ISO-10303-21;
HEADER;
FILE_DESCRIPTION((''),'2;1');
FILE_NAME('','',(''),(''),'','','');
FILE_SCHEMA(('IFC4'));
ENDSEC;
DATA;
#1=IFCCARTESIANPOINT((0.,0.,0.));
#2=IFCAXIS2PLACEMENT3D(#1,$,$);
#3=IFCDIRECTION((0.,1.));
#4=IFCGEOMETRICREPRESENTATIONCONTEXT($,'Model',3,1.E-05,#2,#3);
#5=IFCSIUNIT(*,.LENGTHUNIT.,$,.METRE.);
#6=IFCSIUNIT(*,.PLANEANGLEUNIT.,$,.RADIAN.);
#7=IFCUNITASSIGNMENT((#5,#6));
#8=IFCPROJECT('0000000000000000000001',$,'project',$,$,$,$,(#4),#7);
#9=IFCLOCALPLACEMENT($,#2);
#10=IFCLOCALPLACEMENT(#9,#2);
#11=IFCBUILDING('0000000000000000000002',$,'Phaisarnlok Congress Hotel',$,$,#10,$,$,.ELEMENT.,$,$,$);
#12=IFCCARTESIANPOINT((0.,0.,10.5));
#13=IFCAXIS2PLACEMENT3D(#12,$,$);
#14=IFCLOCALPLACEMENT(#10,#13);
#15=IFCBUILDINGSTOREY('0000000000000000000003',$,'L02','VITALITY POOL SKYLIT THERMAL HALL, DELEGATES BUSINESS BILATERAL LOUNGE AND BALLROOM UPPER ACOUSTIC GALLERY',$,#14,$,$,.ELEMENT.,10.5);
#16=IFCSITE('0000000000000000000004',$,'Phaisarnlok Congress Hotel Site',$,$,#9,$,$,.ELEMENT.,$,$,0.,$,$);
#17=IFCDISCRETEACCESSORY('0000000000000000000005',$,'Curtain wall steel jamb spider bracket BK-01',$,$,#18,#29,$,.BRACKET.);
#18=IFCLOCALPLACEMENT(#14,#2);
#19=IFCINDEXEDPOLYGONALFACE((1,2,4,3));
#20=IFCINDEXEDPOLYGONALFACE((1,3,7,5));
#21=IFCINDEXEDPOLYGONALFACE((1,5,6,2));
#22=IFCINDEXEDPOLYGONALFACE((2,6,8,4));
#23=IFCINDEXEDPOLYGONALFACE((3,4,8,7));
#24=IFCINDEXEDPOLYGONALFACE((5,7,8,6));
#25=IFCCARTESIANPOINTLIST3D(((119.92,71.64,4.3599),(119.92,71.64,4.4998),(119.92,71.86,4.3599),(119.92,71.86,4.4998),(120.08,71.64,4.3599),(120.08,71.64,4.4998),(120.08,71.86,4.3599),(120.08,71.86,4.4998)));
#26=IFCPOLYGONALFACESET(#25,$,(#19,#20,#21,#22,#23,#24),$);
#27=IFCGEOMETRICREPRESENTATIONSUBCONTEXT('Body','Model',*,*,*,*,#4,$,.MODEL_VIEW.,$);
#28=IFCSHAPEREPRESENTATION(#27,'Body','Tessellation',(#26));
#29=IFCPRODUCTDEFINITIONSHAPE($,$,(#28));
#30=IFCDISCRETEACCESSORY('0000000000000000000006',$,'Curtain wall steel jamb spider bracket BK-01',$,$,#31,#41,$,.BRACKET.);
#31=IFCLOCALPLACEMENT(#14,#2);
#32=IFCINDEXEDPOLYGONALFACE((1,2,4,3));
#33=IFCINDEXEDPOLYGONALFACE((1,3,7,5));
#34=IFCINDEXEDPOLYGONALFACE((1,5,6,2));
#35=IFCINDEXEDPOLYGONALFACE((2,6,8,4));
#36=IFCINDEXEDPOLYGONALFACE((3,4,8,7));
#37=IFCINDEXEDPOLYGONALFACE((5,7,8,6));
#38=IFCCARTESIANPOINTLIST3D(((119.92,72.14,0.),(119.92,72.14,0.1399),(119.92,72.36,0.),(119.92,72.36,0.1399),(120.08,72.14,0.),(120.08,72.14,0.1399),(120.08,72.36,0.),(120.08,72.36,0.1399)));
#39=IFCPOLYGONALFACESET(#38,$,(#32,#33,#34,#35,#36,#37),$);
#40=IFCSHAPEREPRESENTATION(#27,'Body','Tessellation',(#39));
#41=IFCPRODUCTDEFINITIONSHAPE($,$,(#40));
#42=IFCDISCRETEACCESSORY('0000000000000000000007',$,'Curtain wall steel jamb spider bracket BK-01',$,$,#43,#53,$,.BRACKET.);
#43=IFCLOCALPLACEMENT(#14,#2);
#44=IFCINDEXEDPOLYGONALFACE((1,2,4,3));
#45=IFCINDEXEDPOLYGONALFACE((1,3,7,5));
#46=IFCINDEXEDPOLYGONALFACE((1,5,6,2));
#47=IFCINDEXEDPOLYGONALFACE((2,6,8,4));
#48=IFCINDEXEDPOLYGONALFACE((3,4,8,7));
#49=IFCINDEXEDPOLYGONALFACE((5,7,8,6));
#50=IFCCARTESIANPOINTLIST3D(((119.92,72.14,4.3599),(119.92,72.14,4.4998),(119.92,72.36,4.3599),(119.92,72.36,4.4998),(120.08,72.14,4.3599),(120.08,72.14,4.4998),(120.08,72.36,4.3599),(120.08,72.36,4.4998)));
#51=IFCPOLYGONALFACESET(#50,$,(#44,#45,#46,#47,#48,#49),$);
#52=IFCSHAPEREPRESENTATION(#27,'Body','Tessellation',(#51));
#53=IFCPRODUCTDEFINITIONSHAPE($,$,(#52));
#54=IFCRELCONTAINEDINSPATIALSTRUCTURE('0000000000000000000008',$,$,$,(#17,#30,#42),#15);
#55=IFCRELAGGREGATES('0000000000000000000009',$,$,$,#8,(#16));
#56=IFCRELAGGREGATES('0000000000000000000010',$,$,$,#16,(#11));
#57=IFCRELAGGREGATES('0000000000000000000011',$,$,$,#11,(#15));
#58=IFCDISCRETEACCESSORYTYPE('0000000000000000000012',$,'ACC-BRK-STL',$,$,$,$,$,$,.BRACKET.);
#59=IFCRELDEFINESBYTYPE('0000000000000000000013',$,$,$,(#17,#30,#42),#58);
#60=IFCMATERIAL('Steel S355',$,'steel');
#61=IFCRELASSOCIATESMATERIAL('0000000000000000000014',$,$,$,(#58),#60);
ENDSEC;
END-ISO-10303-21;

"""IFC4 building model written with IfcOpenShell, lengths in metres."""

from ifc_helpers import new_model, si_unit, direction, frame, origin, origin_2d, place, context, subcontext, project, spatial, rectangle, extrude, material, type_object, element, save


model = new_model("IFC4")

# Units and contexts
model_context = context("Model", 3, precision=1e-05, world=origin(), true_north=direction((0.0, 1.0)))
body_context = subcontext(model_context, "Body", "Model", "MODEL_VIEW")
ifc_project = project(units=[si_unit("LENGTHUNIT", "METRE"), si_unit("PLANEANGLEUNIT", "RADIAN")], contexts=[model_context])

# Site, building, storey
site_placement = place(None, origin())
site = spatial("IfcSite", under=ifc_project, at=site_placement, Name="Phaisarnlok Congress Hotel Site", CompositionType="ELEMENT", RefElevation=0.0)
building_placement = place(site_placement, origin())
building = spatial("IfcBuilding", under=site, at=building_placement, Name="Phaisarnlok Congress Hotel", CompositionType="ELEMENT")
storey_placement = place(building_placement, frame((0.0, 0.0, 10.5)))
storey = spatial("IfcBuildingStorey", under=building, at=storey_placement, Name="L02", Description="VITALITY POOL SKYLIT THERMAL HALL, DELEGATES BUSINESS BILATERAL LOUNGE AND BALLROOM UPPER ACOUSTIC GALLERY", CompositionType="ELEMENT", Elevation=10.5)

# Shared definitions
ifc_material_1 = material(Name="Steel S355", Category="steel")

# Discrete accessories
discrete_accessory_type = type_object("IfcDiscreteAccessoryType", Name="ACC-BRK-STL", PredefinedType="BRACKET", material=ifc_material_1)
for number, where, z_axis, x_axis, name in (
    (1, (120.0, 71.75, 4.3599), (0.0, 0.0, 1.0), (1.0, 0.0, 0.0), "Curtain wall steel jamb spider bracket BK-01"),
    (2, (120.0, 72.25, 0.0), (0.0, 0.0, 1.0), (1.0, 0.0, 0.0), "Curtain wall steel jamb spider bracket BK-01"),
    (3, (120.0, 72.25, 4.3599), (0.0, 0.0, 1.0), (1.0, 0.0, 0.0), "Curtain wall steel jamb spider bracket BK-01"),
):
    element("IfcDiscreteAccessory", number, at=place(storey_placement, frame(where, z_axis=z_axis, x_axis=x_axis)), inside=storey, type_object=discrete_accessory_type, Name=name, PredefinedType="BRACKET", context=body_context, shape_type="SweptSolid", body=[
        extrude(rectangle(XDim=0.1599, YDim=0.22, at=origin_2d()), origin(), (0.0, 0.0, 1.0), 0.1399),
    ])

save(model, "model.ifc")
